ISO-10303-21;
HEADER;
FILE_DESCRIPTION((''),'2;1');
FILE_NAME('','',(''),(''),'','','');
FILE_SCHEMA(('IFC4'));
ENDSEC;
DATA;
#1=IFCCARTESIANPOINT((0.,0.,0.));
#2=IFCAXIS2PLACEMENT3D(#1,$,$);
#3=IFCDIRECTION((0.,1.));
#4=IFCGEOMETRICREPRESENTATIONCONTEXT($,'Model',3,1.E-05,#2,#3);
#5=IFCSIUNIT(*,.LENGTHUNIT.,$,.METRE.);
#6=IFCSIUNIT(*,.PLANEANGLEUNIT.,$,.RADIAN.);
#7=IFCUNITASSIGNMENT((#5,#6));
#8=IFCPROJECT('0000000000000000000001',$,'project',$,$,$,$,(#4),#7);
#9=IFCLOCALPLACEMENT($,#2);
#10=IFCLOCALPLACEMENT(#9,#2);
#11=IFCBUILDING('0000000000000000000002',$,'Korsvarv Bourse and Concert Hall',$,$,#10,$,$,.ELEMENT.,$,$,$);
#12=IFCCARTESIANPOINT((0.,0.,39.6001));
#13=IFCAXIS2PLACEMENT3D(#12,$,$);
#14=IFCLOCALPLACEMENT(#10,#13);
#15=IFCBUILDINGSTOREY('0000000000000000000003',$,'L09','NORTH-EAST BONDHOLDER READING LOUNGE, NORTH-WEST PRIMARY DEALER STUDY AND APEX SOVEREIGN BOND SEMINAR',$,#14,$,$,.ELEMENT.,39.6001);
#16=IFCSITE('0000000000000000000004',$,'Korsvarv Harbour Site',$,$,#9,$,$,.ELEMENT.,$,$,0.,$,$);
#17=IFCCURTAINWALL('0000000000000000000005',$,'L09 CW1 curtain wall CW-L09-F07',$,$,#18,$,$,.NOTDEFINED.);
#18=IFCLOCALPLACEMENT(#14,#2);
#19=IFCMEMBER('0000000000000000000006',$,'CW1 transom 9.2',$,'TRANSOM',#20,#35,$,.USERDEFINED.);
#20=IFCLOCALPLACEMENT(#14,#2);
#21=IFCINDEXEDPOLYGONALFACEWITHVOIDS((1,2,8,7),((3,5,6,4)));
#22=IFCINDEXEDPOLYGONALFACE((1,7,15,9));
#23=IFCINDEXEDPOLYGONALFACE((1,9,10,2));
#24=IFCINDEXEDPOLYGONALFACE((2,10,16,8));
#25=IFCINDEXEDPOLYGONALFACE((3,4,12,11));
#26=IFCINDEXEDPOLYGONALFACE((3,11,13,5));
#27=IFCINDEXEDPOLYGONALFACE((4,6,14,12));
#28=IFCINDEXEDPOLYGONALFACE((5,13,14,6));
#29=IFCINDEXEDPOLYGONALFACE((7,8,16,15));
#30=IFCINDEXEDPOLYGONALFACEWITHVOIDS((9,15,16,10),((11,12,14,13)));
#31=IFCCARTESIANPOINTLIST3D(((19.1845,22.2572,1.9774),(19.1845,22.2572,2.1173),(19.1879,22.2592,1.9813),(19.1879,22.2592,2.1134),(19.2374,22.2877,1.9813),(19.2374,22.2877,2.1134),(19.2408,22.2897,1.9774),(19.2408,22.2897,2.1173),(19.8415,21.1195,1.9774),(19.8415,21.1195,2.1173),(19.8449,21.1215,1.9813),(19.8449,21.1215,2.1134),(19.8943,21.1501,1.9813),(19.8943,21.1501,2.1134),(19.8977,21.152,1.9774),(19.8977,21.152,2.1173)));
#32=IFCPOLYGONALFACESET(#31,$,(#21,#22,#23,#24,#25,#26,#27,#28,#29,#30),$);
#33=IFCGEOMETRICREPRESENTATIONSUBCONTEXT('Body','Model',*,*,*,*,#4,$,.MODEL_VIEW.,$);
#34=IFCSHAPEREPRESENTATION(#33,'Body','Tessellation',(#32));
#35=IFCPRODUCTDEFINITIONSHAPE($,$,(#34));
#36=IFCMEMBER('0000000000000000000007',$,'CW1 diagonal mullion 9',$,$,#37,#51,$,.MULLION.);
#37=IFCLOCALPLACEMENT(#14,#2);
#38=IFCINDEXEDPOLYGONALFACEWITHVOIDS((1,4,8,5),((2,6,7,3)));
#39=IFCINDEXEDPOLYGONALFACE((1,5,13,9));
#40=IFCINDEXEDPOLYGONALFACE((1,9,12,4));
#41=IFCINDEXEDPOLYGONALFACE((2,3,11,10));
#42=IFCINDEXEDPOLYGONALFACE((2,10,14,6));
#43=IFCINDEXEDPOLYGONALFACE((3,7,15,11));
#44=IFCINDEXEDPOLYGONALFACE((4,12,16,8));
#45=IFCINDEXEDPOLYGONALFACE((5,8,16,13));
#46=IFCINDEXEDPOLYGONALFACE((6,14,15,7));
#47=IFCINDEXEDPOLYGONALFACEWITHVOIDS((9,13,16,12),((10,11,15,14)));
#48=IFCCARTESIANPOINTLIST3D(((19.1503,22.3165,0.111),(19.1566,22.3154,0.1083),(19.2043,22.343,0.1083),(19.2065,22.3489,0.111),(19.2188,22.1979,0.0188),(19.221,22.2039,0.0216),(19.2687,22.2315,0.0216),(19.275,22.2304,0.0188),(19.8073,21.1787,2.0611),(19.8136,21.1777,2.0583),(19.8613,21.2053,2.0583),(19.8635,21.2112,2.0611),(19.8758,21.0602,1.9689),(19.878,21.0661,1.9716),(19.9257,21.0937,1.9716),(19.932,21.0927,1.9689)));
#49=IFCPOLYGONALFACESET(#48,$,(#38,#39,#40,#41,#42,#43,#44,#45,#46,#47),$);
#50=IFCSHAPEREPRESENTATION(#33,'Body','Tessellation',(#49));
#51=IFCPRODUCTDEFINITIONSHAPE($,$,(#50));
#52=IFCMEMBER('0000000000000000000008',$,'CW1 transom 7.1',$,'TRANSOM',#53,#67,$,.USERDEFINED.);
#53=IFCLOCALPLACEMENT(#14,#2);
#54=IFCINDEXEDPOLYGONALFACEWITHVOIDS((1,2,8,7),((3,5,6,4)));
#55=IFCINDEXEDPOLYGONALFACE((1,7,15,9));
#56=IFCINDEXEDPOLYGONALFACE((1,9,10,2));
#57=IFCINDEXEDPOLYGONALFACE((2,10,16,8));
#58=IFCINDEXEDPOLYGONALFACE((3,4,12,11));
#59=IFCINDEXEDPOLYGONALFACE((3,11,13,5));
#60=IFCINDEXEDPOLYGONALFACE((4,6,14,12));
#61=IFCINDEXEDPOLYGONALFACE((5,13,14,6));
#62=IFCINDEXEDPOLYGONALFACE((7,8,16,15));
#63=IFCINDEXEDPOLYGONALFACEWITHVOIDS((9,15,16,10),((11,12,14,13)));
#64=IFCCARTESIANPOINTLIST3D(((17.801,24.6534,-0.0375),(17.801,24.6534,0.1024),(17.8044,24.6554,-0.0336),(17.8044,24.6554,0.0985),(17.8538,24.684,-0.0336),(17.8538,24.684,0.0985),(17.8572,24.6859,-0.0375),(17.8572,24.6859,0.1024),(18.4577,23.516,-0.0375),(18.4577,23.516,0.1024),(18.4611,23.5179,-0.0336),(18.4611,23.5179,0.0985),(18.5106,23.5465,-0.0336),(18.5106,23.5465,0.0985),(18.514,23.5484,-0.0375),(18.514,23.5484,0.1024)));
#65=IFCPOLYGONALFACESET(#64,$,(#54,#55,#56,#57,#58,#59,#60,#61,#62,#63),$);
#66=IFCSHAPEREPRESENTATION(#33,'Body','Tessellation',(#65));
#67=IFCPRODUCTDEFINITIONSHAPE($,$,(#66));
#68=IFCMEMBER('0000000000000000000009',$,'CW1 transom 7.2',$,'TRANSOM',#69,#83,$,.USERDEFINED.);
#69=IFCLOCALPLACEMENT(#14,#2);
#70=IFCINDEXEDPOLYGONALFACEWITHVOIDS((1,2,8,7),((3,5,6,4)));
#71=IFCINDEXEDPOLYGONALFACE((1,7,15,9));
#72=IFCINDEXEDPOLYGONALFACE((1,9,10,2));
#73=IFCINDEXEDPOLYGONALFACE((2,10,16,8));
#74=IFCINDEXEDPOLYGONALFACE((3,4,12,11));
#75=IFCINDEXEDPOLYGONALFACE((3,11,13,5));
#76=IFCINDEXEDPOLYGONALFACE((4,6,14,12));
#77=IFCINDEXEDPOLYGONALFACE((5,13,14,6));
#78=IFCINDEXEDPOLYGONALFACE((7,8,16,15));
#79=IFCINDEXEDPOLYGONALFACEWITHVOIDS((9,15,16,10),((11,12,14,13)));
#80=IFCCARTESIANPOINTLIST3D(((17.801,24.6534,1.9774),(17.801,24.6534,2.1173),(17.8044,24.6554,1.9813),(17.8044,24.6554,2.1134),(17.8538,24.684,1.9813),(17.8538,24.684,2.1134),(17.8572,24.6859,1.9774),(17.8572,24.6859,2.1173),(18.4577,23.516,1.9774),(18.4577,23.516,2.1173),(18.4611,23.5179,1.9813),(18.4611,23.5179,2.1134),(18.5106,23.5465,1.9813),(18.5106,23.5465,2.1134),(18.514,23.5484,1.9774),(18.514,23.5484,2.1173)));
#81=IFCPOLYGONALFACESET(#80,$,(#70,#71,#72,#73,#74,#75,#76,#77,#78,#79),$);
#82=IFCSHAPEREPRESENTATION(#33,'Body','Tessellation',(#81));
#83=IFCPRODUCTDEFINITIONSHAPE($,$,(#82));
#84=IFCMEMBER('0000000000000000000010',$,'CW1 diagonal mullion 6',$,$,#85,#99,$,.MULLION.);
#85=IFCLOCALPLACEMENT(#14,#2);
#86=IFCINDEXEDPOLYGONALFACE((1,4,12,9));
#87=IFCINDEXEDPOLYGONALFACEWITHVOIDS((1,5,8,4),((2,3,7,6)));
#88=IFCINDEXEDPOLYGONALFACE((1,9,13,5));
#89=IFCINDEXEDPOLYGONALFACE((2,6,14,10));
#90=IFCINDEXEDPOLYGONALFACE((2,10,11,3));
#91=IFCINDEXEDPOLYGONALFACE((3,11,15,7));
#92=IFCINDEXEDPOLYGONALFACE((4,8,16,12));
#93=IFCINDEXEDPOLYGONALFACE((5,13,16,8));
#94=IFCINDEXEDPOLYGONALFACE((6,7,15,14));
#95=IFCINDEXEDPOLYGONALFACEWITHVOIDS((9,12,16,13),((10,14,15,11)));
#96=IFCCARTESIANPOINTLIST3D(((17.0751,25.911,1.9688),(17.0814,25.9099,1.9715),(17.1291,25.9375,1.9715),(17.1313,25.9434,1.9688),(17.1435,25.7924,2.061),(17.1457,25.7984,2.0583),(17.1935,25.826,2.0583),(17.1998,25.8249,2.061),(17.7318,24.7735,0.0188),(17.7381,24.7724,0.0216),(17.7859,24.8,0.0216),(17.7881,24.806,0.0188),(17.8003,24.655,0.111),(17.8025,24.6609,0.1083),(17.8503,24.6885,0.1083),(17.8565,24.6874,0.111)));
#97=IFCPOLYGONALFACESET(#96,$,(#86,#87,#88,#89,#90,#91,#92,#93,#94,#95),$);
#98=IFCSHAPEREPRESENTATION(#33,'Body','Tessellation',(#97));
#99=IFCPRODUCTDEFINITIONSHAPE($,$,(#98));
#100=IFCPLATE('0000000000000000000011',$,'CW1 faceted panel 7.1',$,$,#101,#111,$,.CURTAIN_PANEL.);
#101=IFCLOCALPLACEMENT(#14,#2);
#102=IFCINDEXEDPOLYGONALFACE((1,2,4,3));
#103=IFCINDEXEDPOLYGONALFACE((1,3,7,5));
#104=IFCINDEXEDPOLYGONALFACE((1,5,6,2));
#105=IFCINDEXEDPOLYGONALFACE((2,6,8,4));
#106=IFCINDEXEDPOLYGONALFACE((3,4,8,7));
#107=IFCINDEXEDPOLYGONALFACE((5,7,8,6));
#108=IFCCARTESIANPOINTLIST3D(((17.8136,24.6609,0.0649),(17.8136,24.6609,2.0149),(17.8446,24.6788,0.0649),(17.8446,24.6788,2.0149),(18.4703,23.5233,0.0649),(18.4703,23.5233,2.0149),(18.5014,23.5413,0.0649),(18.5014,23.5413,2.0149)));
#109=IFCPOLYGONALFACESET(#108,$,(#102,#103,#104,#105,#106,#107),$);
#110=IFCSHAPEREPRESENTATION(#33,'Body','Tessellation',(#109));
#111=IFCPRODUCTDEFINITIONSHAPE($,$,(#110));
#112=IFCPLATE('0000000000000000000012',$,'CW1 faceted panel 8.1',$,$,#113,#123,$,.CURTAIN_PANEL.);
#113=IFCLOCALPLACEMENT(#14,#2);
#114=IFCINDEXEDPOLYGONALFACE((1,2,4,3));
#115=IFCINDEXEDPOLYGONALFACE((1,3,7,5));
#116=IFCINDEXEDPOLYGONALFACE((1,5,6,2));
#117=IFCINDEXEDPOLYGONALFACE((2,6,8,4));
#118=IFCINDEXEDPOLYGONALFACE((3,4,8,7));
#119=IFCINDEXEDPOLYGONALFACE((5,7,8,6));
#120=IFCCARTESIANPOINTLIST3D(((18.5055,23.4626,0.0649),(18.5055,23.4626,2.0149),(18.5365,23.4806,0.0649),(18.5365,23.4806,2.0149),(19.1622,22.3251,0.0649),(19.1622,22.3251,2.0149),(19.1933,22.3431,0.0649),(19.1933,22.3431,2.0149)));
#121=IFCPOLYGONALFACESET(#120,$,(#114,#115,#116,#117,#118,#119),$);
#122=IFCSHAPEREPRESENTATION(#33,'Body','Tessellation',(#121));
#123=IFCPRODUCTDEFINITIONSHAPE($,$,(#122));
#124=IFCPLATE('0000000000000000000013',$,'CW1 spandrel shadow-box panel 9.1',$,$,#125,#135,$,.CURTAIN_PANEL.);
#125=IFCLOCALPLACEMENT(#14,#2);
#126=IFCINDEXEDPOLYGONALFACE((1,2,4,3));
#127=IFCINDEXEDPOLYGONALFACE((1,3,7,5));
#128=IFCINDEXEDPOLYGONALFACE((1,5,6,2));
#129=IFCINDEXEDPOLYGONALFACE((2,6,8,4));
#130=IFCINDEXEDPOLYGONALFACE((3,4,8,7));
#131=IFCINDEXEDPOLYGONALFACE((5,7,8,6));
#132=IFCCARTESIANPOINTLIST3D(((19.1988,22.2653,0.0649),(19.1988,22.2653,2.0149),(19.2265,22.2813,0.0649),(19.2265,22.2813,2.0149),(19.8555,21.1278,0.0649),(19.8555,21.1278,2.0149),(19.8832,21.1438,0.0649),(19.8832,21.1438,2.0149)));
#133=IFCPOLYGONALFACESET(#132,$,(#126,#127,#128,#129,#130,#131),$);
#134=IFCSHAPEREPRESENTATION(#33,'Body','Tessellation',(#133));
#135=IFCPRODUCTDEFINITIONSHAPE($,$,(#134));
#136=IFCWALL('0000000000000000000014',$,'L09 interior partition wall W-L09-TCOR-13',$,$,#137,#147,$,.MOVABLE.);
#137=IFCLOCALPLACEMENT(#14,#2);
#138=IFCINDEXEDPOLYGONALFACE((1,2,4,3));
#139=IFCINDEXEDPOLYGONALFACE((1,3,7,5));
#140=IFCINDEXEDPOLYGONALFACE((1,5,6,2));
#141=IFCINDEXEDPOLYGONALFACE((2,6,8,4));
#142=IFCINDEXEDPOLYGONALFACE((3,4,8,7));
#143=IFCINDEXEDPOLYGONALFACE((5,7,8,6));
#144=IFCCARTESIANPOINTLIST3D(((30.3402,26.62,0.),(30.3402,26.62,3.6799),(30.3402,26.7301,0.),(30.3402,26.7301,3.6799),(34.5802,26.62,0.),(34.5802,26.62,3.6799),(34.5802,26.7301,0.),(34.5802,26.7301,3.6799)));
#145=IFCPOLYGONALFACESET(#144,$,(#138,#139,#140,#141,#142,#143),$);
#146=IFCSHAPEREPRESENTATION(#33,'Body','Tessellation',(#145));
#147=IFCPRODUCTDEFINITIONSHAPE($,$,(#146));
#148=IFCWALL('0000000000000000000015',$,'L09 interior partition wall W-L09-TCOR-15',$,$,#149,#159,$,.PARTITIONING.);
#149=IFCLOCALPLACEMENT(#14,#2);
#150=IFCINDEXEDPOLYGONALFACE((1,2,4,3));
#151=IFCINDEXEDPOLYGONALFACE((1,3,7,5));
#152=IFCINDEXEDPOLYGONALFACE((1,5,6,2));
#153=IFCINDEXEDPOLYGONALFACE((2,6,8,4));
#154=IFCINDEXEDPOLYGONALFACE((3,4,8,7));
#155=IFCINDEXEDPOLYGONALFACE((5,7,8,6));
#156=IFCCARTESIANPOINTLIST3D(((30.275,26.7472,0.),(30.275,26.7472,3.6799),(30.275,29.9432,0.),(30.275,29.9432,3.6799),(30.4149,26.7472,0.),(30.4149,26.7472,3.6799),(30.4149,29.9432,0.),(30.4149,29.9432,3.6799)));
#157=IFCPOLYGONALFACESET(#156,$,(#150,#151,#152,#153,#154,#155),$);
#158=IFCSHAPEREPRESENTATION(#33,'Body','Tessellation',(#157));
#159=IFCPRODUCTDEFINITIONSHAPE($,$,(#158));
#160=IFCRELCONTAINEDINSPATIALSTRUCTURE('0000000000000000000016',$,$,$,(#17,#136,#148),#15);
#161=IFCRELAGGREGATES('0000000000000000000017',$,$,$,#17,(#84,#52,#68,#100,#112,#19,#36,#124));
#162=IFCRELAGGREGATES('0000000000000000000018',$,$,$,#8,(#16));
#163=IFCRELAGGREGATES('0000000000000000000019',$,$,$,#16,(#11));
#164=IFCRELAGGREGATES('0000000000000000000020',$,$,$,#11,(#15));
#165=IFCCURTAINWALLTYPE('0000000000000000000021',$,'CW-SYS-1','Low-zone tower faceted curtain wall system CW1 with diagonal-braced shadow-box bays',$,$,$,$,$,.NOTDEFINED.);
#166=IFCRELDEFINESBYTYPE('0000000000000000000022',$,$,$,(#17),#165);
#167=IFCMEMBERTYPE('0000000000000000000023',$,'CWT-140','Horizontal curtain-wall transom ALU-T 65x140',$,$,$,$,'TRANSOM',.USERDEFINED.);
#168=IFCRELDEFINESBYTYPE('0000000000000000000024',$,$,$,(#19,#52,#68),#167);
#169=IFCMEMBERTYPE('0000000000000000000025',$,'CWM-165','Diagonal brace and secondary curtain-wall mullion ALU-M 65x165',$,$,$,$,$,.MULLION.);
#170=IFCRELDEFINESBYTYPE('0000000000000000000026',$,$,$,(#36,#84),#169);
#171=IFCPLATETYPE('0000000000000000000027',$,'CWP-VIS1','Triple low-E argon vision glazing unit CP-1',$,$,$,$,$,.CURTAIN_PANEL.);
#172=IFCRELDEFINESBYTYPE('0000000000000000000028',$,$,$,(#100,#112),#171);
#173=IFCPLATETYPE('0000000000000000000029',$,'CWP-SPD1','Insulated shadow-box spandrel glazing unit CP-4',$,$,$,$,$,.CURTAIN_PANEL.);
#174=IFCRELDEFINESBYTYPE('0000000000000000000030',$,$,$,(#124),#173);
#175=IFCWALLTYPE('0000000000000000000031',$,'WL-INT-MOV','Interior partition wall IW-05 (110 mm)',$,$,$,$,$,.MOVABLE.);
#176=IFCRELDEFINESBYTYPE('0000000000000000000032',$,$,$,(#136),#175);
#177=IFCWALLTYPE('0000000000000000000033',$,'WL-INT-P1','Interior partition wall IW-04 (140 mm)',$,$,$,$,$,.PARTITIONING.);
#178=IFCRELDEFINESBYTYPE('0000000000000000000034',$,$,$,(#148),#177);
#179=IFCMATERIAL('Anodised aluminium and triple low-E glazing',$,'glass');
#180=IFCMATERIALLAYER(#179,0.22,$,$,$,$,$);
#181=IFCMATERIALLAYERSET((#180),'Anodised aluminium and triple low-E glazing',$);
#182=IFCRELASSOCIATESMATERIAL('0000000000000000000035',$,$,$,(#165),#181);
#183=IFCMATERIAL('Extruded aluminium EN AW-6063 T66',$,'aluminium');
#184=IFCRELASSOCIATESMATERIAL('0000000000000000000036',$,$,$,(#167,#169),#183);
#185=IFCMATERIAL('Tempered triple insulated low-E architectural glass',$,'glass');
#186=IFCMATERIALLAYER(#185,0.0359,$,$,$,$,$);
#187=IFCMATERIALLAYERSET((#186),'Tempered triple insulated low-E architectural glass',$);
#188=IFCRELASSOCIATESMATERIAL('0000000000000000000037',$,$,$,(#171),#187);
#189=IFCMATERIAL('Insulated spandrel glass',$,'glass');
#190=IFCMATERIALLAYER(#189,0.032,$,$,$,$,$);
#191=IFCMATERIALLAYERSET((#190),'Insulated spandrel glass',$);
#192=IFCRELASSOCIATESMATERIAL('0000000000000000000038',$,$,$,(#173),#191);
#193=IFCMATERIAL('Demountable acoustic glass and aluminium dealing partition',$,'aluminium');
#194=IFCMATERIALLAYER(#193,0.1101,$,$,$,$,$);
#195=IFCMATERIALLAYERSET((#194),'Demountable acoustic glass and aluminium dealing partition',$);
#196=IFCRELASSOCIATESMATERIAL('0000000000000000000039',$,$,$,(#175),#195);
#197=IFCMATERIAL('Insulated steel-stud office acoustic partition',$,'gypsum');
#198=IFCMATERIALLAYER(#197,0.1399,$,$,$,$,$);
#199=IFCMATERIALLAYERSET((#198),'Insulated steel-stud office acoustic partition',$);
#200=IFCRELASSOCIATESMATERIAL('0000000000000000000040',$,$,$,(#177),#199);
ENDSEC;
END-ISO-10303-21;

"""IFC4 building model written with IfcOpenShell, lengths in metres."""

from ifc_helpers import new_model, si_unit, direction, frame, frame_2d, origin, origin_2d, place, context, subcontext, project, spatial, rectangle, hollow_rectangle, extrude, source, transform, mapped, material, layer, layer_set, material_profile, profile_set, type_object, element, aggregate, save


model = new_model("IFC4")

# Units and contexts
model_context = context("Model", 3, precision=1e-05, world=origin(), true_north=direction((0.0, 1.0)))
body_context = subcontext(model_context, "Body", "Model", "MODEL_VIEW")
ifc_project = project(units=[si_unit("LENGTHUNIT", "METRE"), si_unit("PLANEANGLEUNIT", "RADIAN")], contexts=[model_context])

# Site, building, storey
site_placement = place(None, origin())
site = spatial("IfcSite", under=ifc_project, at=site_placement, Name="Korsvarv Harbour Site", CompositionType="ELEMENT", RefElevation=0.0)
building_placement = place(site_placement, origin())
building = spatial("IfcBuilding", under=site, at=building_placement, Name="Korsvarv Bourse and Concert Hall", CompositionType="ELEMENT")
storey_placement = place(building_placement, frame((0.0, 0.0, 39.6001)))
storey = spatial("IfcBuildingStorey", under=building, at=storey_placement, Name="L09", Description="NORTH-EAST BONDHOLDER READING LOUNGE, NORTH-WEST PRIMARY DEALER STUDY AND APEX SOVEREIGN BOND SEMINAR", CompositionType="ELEMENT", Elevation=39.6001)

# Curtain wall, members, plates
ifc_material_1 = material(Name="Anodised aluminium and triple low-E glazing", Category="glass")
ifc_layer_1 = layer(ifc_material_1, 0.22)
ifc_layer_set_1 = layer_set([ifc_layer_1], Name="Anodised aluminium and triple low-E glazing")
curtain_wall_type = type_object("IfcCurtainWallType", Name="CW-SYS-1", Description="Low-zone tower faceted curtain wall system CW1 with diagonal-braced shadow-box bays", PredefinedType="NOTDEFINED", material=ifc_layer_set_1)
curtain_wall_placement = place(storey_placement, origin())
curtain_wall = element("IfcCurtainWall", 1, at=curtain_wall_placement, inside=storey, type_object=curtain_wall_type, Name="L09 CW1 curtain wall CW-L09-F07", PredefinedType="NOTDEFINED")
ifc_material_2 = material(Name="Extruded aluminium EN AW-6063 T66", Category="aluminium")
ifc_material_profile_1 = material_profile(ifc_material_2, hollow_rectangle(XDim=0.0649, YDim=0.1399, WallThickness=0.0039, at=origin_2d()), Name="ALU-T 65x140")
ifc_profile_set_1 = profile_set([ifc_material_profile_1], Name="Extruded aluminium EN AW-6063 T66")
member_type_1 = type_object("IfcMemberType", Name="CWT-140", Description="Horizontal curtain-wall transom ALU-T 65x140", ElementType="TRANSOM", PredefinedType="USERDEFINED", material=ifc_profile_set_1)
shared_shape_1 = source(origin(), body_context, "Body", "SweptSolid", [
    extrude(hollow_rectangle(XDim=0.0649, YDim=0.1399, WallThickness=0.0039, at=origin_2d()), origin(), (0.0, 0.0, 1.0), 1.3137),
])
member_1_placement = place(storey_placement, frame((19.2126, 22.2734, 2.0474), z_axis=(0.500076, -0.865981, 0.0), x_axis=(0.865981, 0.500076, 0.0)))
member_1 = element("IfcMember", 2, at=member_1_placement, type_object=member_type_1, Name="CW1 transom 9.2", ObjectType="TRANSOM", PredefinedType="USERDEFINED", context=body_context, shape_type="MappedRepresentation", body=[
    mapped(shared_shape_1, transform((0.0, 0.0, 0.0), scale=1.0)),
])
ifc_material_profile_2 = material_profile(ifc_material_2, hollow_rectangle(XDim=0.0649, YDim=0.165, WallThickness=0.0049, at=origin_2d()), Name="ALU-M 65x165")
ifc_profile_set_2 = profile_set([ifc_material_profile_2], Name="Extruded aluminium EN AW-6063 T66")
member_type_2 = type_object("IfcMemberType", Name="CWM-165", Description="Diagonal brace and secondary curtain-wall mullion ALU-M 65x165", PredefinedType="MULLION", material=ifc_profile_set_2)
shared_shape_2 = source(origin(), body_context, "Body", "SweptSolid", [
    extrude(hollow_rectangle(XDim=0.0649, YDim=0.165, WallThickness=0.0049, at=origin_2d()), origin(), (0.0, 0.0, 1.0), 2.3513),
])
member_2_placement = place(storey_placement, frame((19.2126, 22.2734, 0.0649), z_axis=(0.279421, -0.483872, 0.829332), x_axis=(0.865981, 0.500076, 0.0)))
member_2 = element("IfcMember", 3, at=member_2_placement, type_object=member_type_2, Name="CW1 diagonal mullion 9", PredefinedType="MULLION", context=body_context, shape_type="MappedRepresentation", body=[
    mapped(shared_shape_2, transform((0.0, 0.0, 0.0), scale=1.0)),
])
shared_shape_3 = source(origin(), body_context, "Body", "SweptSolid", [
    extrude(hollow_rectangle(XDim=0.0649, YDim=0.1399, WallThickness=0.0039, at=origin_2d()), origin(), (0.0, 0.0, 1.0), 1.3135),
])
member_3_placement = place(storey_placement, frame((17.8291, 24.6697, 0.0325), z_axis=(0.500017, -0.866015, 0.0), x_axis=(0.866015, 0.500017, 0.0)))
member_3 = element("IfcMember", 4, at=member_3_placement, type_object=member_type_1, Name="CW1 transom 7.1", ObjectType="TRANSOM", PredefinedType="USERDEFINED", context=body_context, shape_type="MappedRepresentation", body=[
    mapped(shared_shape_3, transform((0.0, 0.0, 0.0), scale=1.0)),
])
member_4_placement = place(storey_placement, frame((17.8291, 24.6697, 2.0474), z_axis=(0.500017, -0.866015, 0.0), x_axis=(0.866015, 0.500017, 0.0)))
member_4 = element("IfcMember", 5, at=member_4_placement, type_object=member_type_1, Name="CW1 transom 7.2", ObjectType="TRANSOM", PredefinedType="USERDEFINED", context=body_context, shape_type="MappedRepresentation", body=[
    mapped(shared_shape_3, transform((0.0, 0.0, 0.0), scale=1.0)),
])
shared_shape_4 = source(origin(), body_context, "Body", "SweptSolid", [
    extrude(hollow_rectangle(XDim=0.0649, YDim=0.165, WallThickness=0.0049, at=origin_2d()), origin(), (0.0, 0.0, 1.0), 2.3511),
])
member_5_placement = place(storey_placement, frame((17.7942, 24.7305, 0.0649), z_axis=(-0.279339, 0.483807, 0.829398), x_axis=(-0.866015, -0.500017, 0.0)))
member_5 = element("IfcMember", 6, at=member_5_placement, type_object=member_type_2, Name="CW1 diagonal mullion 6", PredefinedType="MULLION", context=body_context, shape_type="MappedRepresentation", body=[
    mapped(shared_shape_4, transform((0.0, 0.0, 0.0), scale=1.0)),
])
ifc_material_3 = material(Name="Tempered triple insulated low-E architectural glass", Category="glass")
ifc_layer_2 = layer(ifc_material_3, 0.0359)
ifc_layer_set_2 = layer_set([ifc_layer_2], Name="Tempered triple insulated low-E architectural glass")
plate_type_1 = type_object("IfcPlateType", Name="CWP-VIS1", Description="Triple low-E argon vision glazing unit CP-1", PredefinedType="CURTAIN_PANEL", material=ifc_layer_set_2)
shared_shape_5 = source(origin(), body_context, "Body", "SweptSolid", [
    extrude(rectangle(XDim=1.3135, YDim=0.0359, at=origin_2d()), origin(), (0.0, 0.0, 1.0), 1.95),
])
plate_1_placement = place(storey_placement, frame((18.1575, 24.1011, 0.0649), z_axis=(0.0, 0.0, 1.0), x_axis=(0.5, -0.866026, 0.0)))
plate_1 = element("IfcPlate", 7, at=plate_1_placement, type_object=plate_type_1, Name="CW1 faceted panel 7.1", PredefinedType="CURTAIN_PANEL", context=body_context, shape_type="MappedRepresentation", body=[
    mapped(shared_shape_5, transform((0.0, 0.0, 0.0), scale=1.0)),
])
plate_2_placement = place(storey_placement, frame((18.8494, 22.9028, 0.0649), z_axis=(0.0, 0.0, 1.0), x_axis=(0.5, -0.866026, 0.0)))
plate_2 = element("IfcPlate", 8, at=plate_2_placement, type_object=plate_type_1, Name="CW1 faceted panel 8.1", PredefinedType="CURTAIN_PANEL", context=body_context, shape_type="MappedRepresentation", body=[
    mapped(shared_shape_5, transform((0.0, 0.0, 0.0), scale=1.0)),
])
ifc_material_4 = material(Name="Insulated spandrel glass", Category="glass")
ifc_layer_3 = layer(ifc_material_4, 0.032)
ifc_layer_set_3 = layer_set([ifc_layer_3], Name="Insulated spandrel glass")
plate_type_2 = type_object("IfcPlateType", Name="CWP-SPD1", Description="Insulated shadow-box spandrel glazing unit CP-4", PredefinedType="CURTAIN_PANEL", material=ifc_layer_set_3)
shared_shape_6 = source(origin(), body_context, "Body", "SweptSolid", [
    extrude(rectangle(XDim=1.3135, YDim=0.032, at=origin_2d()), origin(), (0.0, 0.0, 1.0), 1.95),
])
plate_3_placement = place(storey_placement, frame((19.541, 21.7046, 0.0649), z_axis=(0.0, 0.0, 1.0), x_axis=(0.5, -0.866026, 0.0)))
plate_3 = element("IfcPlate", 9, at=plate_3_placement, type_object=plate_type_2, Name="CW1 spandrel shadow-box panel 9.1", PredefinedType="CURTAIN_PANEL", context=body_context, shape_type="MappedRepresentation", body=[
    mapped(shared_shape_6, transform((0.0, 0.0, 0.0), scale=1.0)),
])
aggregate(curtain_wall, [member_5, member_3, member_4, plate_1, plate_2, member_1, member_2, plate_3])

# Walls
ifc_material_5 = material(Name="Demountable acoustic glass and aluminium dealing partition", Category="aluminium")
ifc_layer_4 = layer(ifc_material_5, 0.1101)
ifc_layer_set_4 = layer_set([ifc_layer_4], Name="Demountable acoustic glass and aluminium dealing partition")
wall_type_1 = type_object("IfcWallType", Name="WL-INT-MOV", Description="Interior partition wall IW-05 (110 mm)", PredefinedType="MOVABLE", material=ifc_layer_set_4)
wall_1_placement = place(storey_placement, frame((30.3401, 26.675, 0.0), z_axis=(0.0, 0.0, 1.0), x_axis=(1.0, 0.0, 0.0)))
element("IfcWall", 10, at=wall_1_placement, inside=storey, type_object=wall_type_1, Name="L09 interior partition wall W-L09-TCOR-13", PredefinedType="MOVABLE", context=body_context, shape_type="SweptSolid", body=[
    extrude(rectangle(XDim=4.24, YDim=0.1101, at=frame_2d((2.1201, 0.0))), origin(), (0.0, 0.0, 1.0), 3.6799),
])
ifc_material_6 = material(Name="Insulated steel-stud office acoustic partition", Category="gypsum")
ifc_layer_5 = layer(ifc_material_6, 0.1399)
ifc_layer_set_5 = layer_set([ifc_layer_5], Name="Insulated steel-stud office acoustic partition")
wall_type_2 = type_object("IfcWallType", Name="WL-INT-P1", Description="Interior partition wall IW-04 (140 mm)", PredefinedType="PARTITIONING", material=ifc_layer_set_5)
wall_2_placement = place(storey_placement, frame((30.345, 26.7471, 0.0), z_axis=(0.0, 0.0, 1.0), x_axis=(0.0, 1.0, 0.0)))
element("IfcWall", 11, at=wall_2_placement, inside=storey, type_object=wall_type_2, Name="L09 interior partition wall W-L09-TCOR-15", PredefinedType="PARTITIONING", context=body_context, shape_type="SweptSolid", body=[
    extrude(rectangle(XDim=3.196, YDim=0.1399, at=frame_2d((1.5981, 0.0))), origin(), (0.0, 0.0, 1.0), 3.6799),
])

save(model, "model.ifc")
